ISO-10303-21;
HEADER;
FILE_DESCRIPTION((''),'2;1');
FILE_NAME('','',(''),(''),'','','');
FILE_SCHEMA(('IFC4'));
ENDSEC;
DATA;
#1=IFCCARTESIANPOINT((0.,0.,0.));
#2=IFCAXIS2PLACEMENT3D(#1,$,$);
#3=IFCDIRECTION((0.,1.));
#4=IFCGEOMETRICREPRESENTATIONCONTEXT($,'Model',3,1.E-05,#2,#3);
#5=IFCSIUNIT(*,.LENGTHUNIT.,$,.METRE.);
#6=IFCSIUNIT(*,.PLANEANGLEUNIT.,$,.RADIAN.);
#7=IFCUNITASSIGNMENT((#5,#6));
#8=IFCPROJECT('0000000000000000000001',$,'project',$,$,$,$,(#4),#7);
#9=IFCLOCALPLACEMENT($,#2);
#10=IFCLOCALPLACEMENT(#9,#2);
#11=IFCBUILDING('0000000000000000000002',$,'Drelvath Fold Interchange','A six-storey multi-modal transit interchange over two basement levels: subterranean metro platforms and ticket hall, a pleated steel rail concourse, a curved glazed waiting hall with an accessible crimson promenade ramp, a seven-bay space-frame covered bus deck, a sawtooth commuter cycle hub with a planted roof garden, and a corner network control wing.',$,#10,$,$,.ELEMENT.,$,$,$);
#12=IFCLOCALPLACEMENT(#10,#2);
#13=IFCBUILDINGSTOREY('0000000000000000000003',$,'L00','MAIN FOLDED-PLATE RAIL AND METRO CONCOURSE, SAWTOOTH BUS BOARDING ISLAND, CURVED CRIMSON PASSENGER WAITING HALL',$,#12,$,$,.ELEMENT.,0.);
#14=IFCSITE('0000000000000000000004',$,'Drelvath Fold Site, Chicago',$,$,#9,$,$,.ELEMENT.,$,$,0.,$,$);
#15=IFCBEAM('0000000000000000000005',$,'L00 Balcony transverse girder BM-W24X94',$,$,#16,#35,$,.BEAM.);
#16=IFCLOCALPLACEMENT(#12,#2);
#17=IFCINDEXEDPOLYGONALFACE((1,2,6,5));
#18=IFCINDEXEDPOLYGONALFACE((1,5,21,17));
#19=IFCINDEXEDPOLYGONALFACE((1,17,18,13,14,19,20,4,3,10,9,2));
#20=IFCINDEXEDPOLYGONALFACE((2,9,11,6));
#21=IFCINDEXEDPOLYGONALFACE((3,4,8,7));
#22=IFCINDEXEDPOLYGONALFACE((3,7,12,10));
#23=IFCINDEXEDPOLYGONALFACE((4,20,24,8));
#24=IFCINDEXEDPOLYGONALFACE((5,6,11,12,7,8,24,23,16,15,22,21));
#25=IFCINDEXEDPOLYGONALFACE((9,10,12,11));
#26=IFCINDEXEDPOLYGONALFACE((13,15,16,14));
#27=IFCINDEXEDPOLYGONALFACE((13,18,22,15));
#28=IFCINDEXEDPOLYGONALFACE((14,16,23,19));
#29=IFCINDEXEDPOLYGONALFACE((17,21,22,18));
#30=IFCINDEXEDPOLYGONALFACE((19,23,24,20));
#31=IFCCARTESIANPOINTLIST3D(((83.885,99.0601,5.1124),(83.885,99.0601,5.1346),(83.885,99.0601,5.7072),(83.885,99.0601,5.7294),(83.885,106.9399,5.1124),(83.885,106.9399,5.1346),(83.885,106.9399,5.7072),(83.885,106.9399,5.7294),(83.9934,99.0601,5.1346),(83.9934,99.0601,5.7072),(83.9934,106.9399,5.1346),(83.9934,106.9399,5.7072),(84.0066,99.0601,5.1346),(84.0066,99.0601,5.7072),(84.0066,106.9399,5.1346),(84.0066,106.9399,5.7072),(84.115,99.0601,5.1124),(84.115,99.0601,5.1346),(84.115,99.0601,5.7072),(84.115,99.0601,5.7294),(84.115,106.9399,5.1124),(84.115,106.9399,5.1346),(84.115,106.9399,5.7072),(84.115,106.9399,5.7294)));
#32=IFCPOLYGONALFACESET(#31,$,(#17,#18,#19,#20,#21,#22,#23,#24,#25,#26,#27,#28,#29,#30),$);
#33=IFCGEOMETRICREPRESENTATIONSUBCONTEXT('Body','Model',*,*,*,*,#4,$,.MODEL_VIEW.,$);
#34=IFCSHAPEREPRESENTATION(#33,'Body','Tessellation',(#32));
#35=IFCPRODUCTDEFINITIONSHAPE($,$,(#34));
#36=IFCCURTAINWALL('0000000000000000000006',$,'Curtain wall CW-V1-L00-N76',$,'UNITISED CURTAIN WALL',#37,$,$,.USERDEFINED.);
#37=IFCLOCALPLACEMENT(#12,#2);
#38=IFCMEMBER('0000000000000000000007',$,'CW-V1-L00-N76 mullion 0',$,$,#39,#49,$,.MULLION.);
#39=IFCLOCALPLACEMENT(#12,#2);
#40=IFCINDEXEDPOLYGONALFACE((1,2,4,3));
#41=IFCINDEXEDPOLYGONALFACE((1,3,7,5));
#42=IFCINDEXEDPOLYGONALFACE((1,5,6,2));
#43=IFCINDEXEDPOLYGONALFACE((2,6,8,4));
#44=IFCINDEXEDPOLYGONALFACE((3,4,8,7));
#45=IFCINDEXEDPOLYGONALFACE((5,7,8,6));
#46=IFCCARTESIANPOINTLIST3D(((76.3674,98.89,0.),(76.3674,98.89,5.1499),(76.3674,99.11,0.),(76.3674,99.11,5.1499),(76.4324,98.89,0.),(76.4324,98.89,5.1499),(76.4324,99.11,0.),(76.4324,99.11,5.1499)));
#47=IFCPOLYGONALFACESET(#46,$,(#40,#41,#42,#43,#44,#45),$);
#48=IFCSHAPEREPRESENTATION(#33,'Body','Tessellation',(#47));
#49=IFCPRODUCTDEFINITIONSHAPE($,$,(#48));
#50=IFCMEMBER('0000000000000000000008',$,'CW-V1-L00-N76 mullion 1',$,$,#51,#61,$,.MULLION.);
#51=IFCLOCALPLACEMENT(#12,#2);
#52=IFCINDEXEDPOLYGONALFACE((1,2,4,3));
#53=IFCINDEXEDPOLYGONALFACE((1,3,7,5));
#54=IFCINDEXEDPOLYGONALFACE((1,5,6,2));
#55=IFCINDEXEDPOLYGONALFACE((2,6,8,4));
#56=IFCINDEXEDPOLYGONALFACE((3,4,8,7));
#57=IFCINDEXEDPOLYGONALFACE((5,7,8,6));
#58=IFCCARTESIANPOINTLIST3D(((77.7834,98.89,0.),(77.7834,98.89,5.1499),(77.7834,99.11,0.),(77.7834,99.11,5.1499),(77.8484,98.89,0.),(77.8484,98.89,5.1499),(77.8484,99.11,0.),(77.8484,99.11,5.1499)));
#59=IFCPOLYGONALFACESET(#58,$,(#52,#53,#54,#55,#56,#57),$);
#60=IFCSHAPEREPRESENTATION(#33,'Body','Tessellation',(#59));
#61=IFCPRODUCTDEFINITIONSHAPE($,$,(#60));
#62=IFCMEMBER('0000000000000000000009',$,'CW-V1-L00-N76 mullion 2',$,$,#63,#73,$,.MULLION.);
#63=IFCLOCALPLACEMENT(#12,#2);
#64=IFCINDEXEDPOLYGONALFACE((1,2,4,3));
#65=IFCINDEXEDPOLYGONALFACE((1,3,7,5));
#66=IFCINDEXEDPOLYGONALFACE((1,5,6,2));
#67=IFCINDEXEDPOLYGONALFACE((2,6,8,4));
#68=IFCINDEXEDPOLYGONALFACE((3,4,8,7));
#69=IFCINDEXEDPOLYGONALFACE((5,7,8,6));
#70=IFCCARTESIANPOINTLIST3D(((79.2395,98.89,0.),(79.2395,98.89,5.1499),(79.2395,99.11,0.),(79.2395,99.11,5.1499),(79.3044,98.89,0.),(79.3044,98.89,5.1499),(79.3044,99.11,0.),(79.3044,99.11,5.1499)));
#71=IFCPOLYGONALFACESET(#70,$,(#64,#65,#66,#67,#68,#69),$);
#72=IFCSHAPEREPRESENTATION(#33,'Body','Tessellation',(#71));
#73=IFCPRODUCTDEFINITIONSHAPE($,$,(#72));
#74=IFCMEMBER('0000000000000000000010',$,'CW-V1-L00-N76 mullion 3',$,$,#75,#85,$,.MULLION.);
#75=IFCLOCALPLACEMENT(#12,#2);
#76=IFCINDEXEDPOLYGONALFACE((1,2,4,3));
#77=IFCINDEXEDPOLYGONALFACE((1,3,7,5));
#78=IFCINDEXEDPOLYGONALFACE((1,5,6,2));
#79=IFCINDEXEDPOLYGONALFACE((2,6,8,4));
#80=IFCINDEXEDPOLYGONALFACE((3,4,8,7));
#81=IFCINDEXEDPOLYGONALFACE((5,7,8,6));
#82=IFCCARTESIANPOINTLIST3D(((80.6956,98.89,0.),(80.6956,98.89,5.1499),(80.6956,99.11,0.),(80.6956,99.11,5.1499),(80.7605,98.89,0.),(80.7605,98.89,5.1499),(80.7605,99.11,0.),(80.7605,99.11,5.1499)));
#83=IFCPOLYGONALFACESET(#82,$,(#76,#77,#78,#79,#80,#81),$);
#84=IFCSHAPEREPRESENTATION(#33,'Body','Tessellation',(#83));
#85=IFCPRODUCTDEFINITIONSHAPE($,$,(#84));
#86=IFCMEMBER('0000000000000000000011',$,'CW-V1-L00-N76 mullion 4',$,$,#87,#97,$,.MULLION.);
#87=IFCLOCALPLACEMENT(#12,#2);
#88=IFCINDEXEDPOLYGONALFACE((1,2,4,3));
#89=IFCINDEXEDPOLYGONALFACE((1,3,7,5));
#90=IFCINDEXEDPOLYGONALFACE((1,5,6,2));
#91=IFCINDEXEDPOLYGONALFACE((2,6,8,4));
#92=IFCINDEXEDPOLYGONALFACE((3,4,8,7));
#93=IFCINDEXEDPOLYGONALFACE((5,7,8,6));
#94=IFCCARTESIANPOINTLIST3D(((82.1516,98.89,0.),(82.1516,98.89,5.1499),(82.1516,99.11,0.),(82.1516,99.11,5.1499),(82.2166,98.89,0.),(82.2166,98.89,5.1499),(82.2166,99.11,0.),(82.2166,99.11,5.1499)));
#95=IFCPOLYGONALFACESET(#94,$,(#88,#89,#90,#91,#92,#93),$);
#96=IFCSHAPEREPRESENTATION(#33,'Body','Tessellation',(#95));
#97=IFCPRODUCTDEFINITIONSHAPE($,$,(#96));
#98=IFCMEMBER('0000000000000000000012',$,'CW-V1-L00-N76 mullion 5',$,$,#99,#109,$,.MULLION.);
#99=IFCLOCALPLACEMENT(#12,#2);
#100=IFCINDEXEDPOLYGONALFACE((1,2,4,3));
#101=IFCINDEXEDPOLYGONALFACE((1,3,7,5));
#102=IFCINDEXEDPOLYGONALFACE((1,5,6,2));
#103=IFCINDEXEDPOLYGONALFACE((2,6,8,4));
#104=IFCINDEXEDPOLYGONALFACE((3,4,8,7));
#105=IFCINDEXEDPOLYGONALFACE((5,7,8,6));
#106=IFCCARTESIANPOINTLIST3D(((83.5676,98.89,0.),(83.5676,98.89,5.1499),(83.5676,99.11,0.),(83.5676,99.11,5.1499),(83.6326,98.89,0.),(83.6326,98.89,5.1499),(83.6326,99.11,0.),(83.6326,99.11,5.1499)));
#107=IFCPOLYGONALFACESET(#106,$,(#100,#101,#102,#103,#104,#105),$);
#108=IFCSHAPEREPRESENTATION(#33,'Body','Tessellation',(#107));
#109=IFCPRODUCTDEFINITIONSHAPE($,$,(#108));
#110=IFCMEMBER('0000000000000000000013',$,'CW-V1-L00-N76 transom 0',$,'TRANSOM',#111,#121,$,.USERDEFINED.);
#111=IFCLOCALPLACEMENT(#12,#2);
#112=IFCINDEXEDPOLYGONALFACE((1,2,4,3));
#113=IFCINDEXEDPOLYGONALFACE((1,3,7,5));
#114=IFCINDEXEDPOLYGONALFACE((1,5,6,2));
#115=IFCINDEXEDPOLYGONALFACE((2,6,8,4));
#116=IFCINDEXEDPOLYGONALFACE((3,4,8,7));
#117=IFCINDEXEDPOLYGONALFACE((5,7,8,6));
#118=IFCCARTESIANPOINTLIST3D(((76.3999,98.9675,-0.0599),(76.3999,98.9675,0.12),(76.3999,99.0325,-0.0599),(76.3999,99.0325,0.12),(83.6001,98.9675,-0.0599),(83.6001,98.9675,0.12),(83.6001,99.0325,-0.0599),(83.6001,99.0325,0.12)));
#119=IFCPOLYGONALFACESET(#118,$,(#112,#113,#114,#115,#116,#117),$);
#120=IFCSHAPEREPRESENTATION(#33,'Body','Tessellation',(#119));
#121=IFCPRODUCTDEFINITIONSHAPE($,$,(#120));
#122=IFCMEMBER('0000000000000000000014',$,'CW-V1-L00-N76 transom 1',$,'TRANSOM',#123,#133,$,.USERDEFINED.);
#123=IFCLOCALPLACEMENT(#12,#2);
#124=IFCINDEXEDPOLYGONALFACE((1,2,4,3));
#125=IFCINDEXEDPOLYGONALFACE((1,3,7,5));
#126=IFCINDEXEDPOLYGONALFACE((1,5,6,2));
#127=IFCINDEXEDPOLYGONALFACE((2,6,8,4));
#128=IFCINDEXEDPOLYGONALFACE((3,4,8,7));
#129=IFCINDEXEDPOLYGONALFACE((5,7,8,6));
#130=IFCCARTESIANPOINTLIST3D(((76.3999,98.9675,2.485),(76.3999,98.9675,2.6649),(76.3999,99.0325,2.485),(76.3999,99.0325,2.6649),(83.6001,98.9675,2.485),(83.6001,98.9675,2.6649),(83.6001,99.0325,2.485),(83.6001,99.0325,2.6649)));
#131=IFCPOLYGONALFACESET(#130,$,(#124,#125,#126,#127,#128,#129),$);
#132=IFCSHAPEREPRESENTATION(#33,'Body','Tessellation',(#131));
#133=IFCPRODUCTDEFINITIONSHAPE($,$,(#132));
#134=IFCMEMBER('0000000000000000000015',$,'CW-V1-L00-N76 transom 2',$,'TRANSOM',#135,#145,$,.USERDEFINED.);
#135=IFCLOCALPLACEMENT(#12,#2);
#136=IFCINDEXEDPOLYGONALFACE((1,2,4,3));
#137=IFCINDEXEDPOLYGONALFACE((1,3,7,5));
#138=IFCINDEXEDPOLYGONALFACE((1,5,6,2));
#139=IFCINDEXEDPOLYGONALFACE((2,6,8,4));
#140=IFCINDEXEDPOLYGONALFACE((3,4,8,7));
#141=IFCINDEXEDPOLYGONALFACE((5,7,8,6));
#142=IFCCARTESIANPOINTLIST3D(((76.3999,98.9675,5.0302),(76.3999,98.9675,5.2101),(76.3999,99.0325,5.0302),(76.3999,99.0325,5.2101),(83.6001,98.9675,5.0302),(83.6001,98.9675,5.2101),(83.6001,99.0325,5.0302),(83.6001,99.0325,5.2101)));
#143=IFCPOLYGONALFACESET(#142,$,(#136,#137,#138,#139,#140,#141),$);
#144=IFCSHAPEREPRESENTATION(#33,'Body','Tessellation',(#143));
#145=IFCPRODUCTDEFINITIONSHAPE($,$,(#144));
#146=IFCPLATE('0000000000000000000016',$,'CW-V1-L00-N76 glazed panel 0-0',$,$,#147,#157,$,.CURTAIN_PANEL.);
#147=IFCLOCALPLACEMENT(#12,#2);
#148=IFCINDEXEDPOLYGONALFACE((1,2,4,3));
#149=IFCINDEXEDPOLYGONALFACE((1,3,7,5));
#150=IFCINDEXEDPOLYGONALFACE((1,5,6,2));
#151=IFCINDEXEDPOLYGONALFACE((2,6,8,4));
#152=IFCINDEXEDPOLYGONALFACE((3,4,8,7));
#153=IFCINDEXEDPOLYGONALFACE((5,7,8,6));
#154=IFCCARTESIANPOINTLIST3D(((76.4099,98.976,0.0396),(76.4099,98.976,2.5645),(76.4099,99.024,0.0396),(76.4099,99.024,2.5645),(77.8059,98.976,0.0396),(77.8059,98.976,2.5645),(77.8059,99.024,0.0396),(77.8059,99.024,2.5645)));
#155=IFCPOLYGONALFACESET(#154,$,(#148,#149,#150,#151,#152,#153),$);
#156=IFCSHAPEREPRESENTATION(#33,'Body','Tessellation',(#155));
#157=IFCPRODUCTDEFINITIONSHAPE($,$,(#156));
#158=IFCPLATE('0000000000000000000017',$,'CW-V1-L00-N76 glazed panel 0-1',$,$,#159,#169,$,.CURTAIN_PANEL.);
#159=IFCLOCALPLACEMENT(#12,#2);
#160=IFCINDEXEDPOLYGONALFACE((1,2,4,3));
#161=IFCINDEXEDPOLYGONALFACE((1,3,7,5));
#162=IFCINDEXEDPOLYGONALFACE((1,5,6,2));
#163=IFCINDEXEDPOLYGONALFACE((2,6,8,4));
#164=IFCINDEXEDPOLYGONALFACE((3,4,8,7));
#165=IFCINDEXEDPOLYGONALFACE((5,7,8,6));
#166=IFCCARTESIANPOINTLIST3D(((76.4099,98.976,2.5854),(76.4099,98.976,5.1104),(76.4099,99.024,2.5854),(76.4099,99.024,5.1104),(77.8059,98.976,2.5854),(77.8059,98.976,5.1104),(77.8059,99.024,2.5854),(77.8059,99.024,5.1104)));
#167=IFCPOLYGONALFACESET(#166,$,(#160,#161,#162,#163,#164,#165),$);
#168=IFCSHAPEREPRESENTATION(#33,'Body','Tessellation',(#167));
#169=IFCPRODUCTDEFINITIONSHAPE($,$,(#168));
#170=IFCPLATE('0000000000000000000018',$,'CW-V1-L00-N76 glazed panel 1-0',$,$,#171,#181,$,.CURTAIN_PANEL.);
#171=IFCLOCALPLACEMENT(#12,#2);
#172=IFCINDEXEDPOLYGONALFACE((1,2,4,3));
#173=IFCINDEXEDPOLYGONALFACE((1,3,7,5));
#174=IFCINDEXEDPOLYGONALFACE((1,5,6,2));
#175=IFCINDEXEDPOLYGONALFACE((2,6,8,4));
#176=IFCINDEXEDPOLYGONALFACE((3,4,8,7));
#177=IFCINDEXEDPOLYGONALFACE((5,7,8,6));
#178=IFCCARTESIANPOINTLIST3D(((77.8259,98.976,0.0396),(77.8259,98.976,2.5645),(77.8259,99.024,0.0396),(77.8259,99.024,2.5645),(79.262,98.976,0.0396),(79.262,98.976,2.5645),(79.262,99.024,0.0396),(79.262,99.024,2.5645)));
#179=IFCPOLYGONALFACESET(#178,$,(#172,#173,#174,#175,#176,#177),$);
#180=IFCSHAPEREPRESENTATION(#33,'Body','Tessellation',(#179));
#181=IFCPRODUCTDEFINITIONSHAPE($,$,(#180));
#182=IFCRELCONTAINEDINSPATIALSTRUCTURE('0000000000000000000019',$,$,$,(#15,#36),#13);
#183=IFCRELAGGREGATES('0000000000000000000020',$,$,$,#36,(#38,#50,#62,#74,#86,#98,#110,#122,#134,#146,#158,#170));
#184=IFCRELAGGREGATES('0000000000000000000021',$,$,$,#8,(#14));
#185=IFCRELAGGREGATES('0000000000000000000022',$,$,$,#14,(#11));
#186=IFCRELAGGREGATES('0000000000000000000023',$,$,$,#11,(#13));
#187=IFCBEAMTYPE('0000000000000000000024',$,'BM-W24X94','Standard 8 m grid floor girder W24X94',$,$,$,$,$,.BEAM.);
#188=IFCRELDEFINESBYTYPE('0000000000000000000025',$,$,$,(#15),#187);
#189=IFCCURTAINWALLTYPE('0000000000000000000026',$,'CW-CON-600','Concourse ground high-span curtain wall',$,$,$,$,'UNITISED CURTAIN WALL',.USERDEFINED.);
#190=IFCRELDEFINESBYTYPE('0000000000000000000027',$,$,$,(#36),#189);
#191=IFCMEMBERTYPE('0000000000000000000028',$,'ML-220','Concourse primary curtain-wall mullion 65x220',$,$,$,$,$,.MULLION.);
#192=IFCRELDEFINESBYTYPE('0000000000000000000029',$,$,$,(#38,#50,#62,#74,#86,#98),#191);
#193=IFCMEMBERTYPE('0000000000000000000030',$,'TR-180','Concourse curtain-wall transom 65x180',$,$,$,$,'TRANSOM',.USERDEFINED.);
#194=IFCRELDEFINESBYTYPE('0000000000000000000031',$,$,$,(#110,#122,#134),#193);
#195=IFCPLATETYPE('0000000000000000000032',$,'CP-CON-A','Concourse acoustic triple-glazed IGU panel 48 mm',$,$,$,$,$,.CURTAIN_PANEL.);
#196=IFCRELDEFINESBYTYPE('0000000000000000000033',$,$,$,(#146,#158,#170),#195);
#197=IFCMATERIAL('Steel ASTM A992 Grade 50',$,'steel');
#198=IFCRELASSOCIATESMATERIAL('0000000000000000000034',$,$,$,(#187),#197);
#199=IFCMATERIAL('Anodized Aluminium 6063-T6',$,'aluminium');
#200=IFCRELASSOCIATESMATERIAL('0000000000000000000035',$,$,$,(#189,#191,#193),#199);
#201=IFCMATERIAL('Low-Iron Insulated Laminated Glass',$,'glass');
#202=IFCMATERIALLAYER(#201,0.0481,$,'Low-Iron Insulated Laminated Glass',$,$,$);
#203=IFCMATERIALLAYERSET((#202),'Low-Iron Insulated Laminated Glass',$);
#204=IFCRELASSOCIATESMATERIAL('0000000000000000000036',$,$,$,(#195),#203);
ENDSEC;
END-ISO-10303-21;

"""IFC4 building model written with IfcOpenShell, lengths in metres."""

from ifc_helpers import new_model, si_unit, direction, frame, origin, origin_2d, place, context, subcontext, project, spatial, rectangle, i_section, extrude, material, layer, layer_set, material_profile, profile_set, type_object, element, aggregate, save


model = new_model("IFC4")

# Units and contexts
model_context = context("Model", 3, precision=1e-05, world=origin(), true_north=direction((0.0, 1.0)))
body_context = subcontext(model_context, "Body", "Model", "MODEL_VIEW")
ifc_project = project(units=[si_unit("LENGTHUNIT", "METRE"), si_unit("PLANEANGLEUNIT", "RADIAN")], contexts=[model_context])

# Site, building, storey
site_placement = place(None, origin())
site = spatial("IfcSite", under=ifc_project, at=site_placement, Name="Drelvath Fold Site, Chicago", CompositionType="ELEMENT", RefElevation=0.0)
building_placement = place(site_placement, origin())
building = spatial("IfcBuilding", under=site, at=building_placement, Name="Drelvath Fold Interchange", Description="A six-storey multi-modal transit interchange over two basement levels: subterranean metro platforms and ticket hall, a pleated steel rail concourse, a curved glazed waiting hall with an accessible crimson promenade ramp, a seven-bay space-frame covered bus deck, a sawtooth commuter cycle hub with a planted roof garden, and a corner network control wing.", CompositionType="ELEMENT")
storey_placement = place(building_placement, origin())
storey = spatial("IfcBuildingStorey", under=building, at=storey_placement, Name="L00", Description="MAIN FOLDED-PLATE RAIL AND METRO CONCOURSE, SAWTOOTH BUS BOARDING ISLAND, CURVED CRIMSON PASSENGER WAITING HALL", CompositionType="ELEMENT", Elevation=0.0)

# Beam
ifc_material_1 = material(Name="Steel ASTM A992 Grade 50", Category="steel")
ifc_material_profile_1 = material_profile(ifc_material_1, i_section(OverallWidth=0.23, OverallDepth=0.6169, WebThickness=0.0132, FlangeThickness=0.0222, at=origin_2d()), Name="W24X94")
ifc_profile_set_1 = profile_set([ifc_material_profile_1], Name="Steel ASTM A992 Grade 50")
beam_type_1 = type_object("IfcBeamType", Name="BM-W24X94", Description="Standard 8 m grid floor girder W24X94", PredefinedType="BEAM", material=ifc_profile_set_1)
for number, where, z_axis, x_axis, name in (
    (1, (84.0, 99.0601, 5.4209), (0.0, 1.0, 0.0), (-1.0, 0.0, 0.0), "L00 Balcony transverse girder BM-W24X94"),
):
    element("IfcBeam", number, at=place(storey_placement, frame(where, z_axis=z_axis, x_axis=x_axis)), inside=storey, type_object=beam_type_1, Name=name, PredefinedType="BEAM", context=body_context, shape_type="SweptSolid", body=[
        extrude(i_section(OverallWidth=0.23, OverallDepth=0.6169, WebThickness=0.0132, FlangeThickness=0.0222, at=origin_2d()), origin(), (0.0, 0.0, 1.0), 7.8799),
    ])

# Curtain wall, members, plates
ifc_material_2 = material(Name="Anodized Aluminium 6063-T6", Category="aluminium")
curtain_wall_type = type_object("IfcCurtainWallType", Name="CW-CON-600", Description="Concourse ground high-span curtain wall", ElementType="UNITISED CURTAIN WALL", PredefinedType="USERDEFINED", material=ifc_material_2)
curtain_wall_placement = place(storey_placement, origin())
curtain_wall = element("IfcCurtainWall", 2, at=curtain_wall_placement, inside=storey, type_object=curtain_wall_type, Name="Curtain wall CW-V1-L00-N76", ObjectType="UNITISED CURTAIN WALL", PredefinedType="USERDEFINED")
ifc_material_profile_2 = material_profile(ifc_material_2, rectangle(XDim=0.0649, YDim=0.22, at=origin_2d()), Name="AL-M 65x220")
ifc_profile_set_2 = profile_set([ifc_material_profile_2], Name="Anodized Aluminium 6063-T6")
member_type_1 = type_object("IfcMemberType", Name="ML-220", Description="Concourse primary curtain-wall mullion 65x220", PredefinedType="MULLION", material=ifc_profile_set_2)
member_1_placement = place(storey_placement, frame((76.3999, 99.0, 0.0), z_axis=(0.0, 0.0, 1.0), x_axis=(1.0, 0.0, 0.0)))
member_1 = element("IfcMember", 3, at=member_1_placement, type_object=member_type_1, Name="CW-V1-L00-N76 mullion 0", PredefinedType="MULLION", context=body_context, shape_type="SweptSolid", body=[
    extrude(rectangle(XDim=0.0649, YDim=0.22, at=origin_2d()), origin(), (0.0, 0.0, 1.0), 5.1499),
])
member_2_placement = place(storey_placement, frame((77.8159, 99.0, 0.0), z_axis=(0.0, 0.0, 1.0), x_axis=(1.0, 0.0, 0.0)))
member_2 = element("IfcMember", 4, at=member_2_placement, type_object=member_type_1, Name="CW-V1-L00-N76 mullion 1", PredefinedType="MULLION", context=body_context, shape_type="SweptSolid", body=[
    extrude(rectangle(XDim=0.0649, YDim=0.22, at=origin_2d()), origin(), (0.0, 0.0, 1.0), 5.1499),
])
member_3_placement = place(storey_placement, frame((79.272, 99.0, 0.0), z_axis=(0.0, 0.0, 1.0), x_axis=(1.0, 0.0, 0.0)))
member_3 = element("IfcMember", 5, at=member_3_placement, type_object=member_type_1, Name="CW-V1-L00-N76 mullion 2", PredefinedType="MULLION", context=body_context, shape_type="SweptSolid", body=[
    extrude(rectangle(XDim=0.0649, YDim=0.22, at=origin_2d()), origin(), (0.0, 0.0, 1.0), 5.1499),
])
member_4_placement = place(storey_placement, frame((80.728, 99.0, 0.0), z_axis=(0.0, 0.0, 1.0), x_axis=(1.0, 0.0, 0.0)))
member_4 = element("IfcMember", 6, at=member_4_placement, type_object=member_type_1, Name="CW-V1-L00-N76 mullion 3", PredefinedType="MULLION", context=body_context, shape_type="SweptSolid", body=[
    extrude(rectangle(XDim=0.0649, YDim=0.22, at=origin_2d()), origin(), (0.0, 0.0, 1.0), 5.1499),
])
member_5_placement = place(storey_placement, frame((82.1841, 99.0, 0.0), z_axis=(0.0, 0.0, 1.0), x_axis=(1.0, 0.0, 0.0)))
member_5 = element("IfcMember", 7, at=member_5_placement, type_object=member_type_1, Name="CW-V1-L00-N76 mullion 4", PredefinedType="MULLION", context=body_context, shape_type="SweptSolid", body=[
    extrude(rectangle(XDim=0.0649, YDim=0.22, at=origin_2d()), origin(), (0.0, 0.0, 1.0), 5.1499),
])
member_6_placement = place(storey_placement, frame((83.6001, 99.0, 0.0), z_axis=(0.0, 0.0, 1.0), x_axis=(1.0, 0.0, 0.0)))
member_6 = element("IfcMember", 8, at=member_6_placement, type_object=member_type_1, Name="CW-V1-L00-N76 mullion 5", PredefinedType="MULLION", context=body_context, shape_type="SweptSolid", body=[
    extrude(rectangle(XDim=0.0649, YDim=0.22, at=origin_2d()), origin(), (0.0, 0.0, 1.0), 5.1499),
])
ifc_material_profile_3 = material_profile(ifc_material_2, rectangle(XDim=0.0649, YDim=0.1799, at=origin_2d()), Name="AL-T 65x180")
ifc_profile_set_3 = profile_set([ifc_material_profile_3], Name="Anodized Aluminium 6063-T6")
member_type_2 = type_object("IfcMemberType", Name="TR-180", Description="Concourse curtain-wall transom 65x180", ElementType="TRANSOM", PredefinedType="USERDEFINED", material=ifc_profile_set_3)
member_7_placement = place(storey_placement, frame((76.3999, 99.0, 0.03), z_axis=(1.0, 0.0, 0.0), x_axis=(0.0, 1.0, 0.0)))
member_7 = element("IfcMember", 9, at=member_7_placement, type_object=member_type_2, Name="CW-V1-L00-N76 transom 0", ObjectType="TRANSOM", PredefinedType="USERDEFINED", context=body_context, shape_type="SweptSolid", body=[
    extrude(rectangle(XDim=0.0649, YDim=0.1799, at=origin_2d()), origin(), (0.0, 0.0, 1.0), 7.2002),
])
member_8_placement = place(storey_placement, frame((76.3999, 99.0, 2.575), z_axis=(1.0, 0.0, 0.0), x_axis=(0.0, 1.0, 0.0)))
member_8 = element("IfcMember", 10, at=member_8_placement, type_object=member_type_2, Name="CW-V1-L00-N76 transom 1", ObjectType="TRANSOM", PredefinedType="USERDEFINED", context=body_context, shape_type="SweptSolid", body=[
    extrude(rectangle(XDim=0.0649, YDim=0.1799, at=origin_2d()), origin(), (0.0, 0.0, 1.0), 7.2002),
])
member_9_placement = place(storey_placement, frame((76.3999, 99.0, 5.1201), z_axis=(1.0, 0.0, 0.0), x_axis=(0.0, 1.0, 0.0)))
member_9 = element("IfcMember", 11, at=member_9_placement, type_object=member_type_2, Name="CW-V1-L00-N76 transom 2", ObjectType="TRANSOM", PredefinedType="USERDEFINED", context=body_context, shape_type="SweptSolid", body=[
    extrude(rectangle(XDim=0.0649, YDim=0.1799, at=origin_2d()), origin(), (0.0, 0.0, 1.0), 7.2002),
])
ifc_material_3 = material(Name="Low-Iron Insulated Laminated Glass", Category="glass")
ifc_layer_1 = layer(ifc_material_3, 0.0481, Name="Low-Iron Insulated Laminated Glass")
ifc_layer_set_1 = layer_set([ifc_layer_1], Name="Low-Iron Insulated Laminated Glass")
plate_type = type_object("IfcPlateType", Name="CP-CON-A", Description="Concourse acoustic triple-glazed IGU panel 48 mm", PredefinedType="CURTAIN_PANEL", material=ifc_layer_set_1)
plate_1_placement = place(storey_placement, frame((77.1079, 99.0, 0.0396), z_axis=(0.0, 0.0, 1.0), x_axis=(1.0, 0.0, 0.0)))
plate_1 = element("IfcPlate", 12, at=plate_1_placement, type_object=plate_type, Name="CW-V1-L00-N76 glazed panel 0-0", PredefinedType="CURTAIN_PANEL", context=body_context, shape_type="SweptSolid", body=[
    extrude(rectangle(XDim=1.396, YDim=0.0481, at=origin_2d()), origin(), (0.0, 0.0, 1.0), 2.5249),
])
plate_2_placement = place(storey_placement, frame((77.1079, 99.0, 2.5854), z_axis=(0.0, 0.0, 1.0), x_axis=(1.0, 0.0, 0.0)))
plate_2 = element("IfcPlate", 13, at=plate_2_placement, type_object=plate_type, Name="CW-V1-L00-N76 glazed panel 0-1", PredefinedType="CURTAIN_PANEL", context=body_context, shape_type="SweptSolid", body=[
    extrude(rectangle(XDim=1.396, YDim=0.0481, at=origin_2d()), origin(), (0.0, 0.0, 1.0), 2.5249),
])
plate_3_placement = place(storey_placement, frame((78.5439, 99.0, 0.0396), z_axis=(0.0, 0.0, 1.0), x_axis=(1.0, 0.0, 0.0)))
plate_3 = element("IfcPlate", 14, at=plate_3_placement, type_object=plate_type, Name="CW-V1-L00-N76 glazed panel 1-0", PredefinedType="CURTAIN_PANEL", context=body_context, shape_type="SweptSolid", body=[
    extrude(rectangle(XDim=1.436, YDim=0.0481, at=origin_2d()), origin(), (0.0, 0.0, 1.0), 2.5249),
])
aggregate(curtain_wall, [member_1, member_2, member_3, member_4, member_5, member_6, member_7, member_8, member_9, plate_1, plate_2, plate_3])

save(model, "model.ifc")
